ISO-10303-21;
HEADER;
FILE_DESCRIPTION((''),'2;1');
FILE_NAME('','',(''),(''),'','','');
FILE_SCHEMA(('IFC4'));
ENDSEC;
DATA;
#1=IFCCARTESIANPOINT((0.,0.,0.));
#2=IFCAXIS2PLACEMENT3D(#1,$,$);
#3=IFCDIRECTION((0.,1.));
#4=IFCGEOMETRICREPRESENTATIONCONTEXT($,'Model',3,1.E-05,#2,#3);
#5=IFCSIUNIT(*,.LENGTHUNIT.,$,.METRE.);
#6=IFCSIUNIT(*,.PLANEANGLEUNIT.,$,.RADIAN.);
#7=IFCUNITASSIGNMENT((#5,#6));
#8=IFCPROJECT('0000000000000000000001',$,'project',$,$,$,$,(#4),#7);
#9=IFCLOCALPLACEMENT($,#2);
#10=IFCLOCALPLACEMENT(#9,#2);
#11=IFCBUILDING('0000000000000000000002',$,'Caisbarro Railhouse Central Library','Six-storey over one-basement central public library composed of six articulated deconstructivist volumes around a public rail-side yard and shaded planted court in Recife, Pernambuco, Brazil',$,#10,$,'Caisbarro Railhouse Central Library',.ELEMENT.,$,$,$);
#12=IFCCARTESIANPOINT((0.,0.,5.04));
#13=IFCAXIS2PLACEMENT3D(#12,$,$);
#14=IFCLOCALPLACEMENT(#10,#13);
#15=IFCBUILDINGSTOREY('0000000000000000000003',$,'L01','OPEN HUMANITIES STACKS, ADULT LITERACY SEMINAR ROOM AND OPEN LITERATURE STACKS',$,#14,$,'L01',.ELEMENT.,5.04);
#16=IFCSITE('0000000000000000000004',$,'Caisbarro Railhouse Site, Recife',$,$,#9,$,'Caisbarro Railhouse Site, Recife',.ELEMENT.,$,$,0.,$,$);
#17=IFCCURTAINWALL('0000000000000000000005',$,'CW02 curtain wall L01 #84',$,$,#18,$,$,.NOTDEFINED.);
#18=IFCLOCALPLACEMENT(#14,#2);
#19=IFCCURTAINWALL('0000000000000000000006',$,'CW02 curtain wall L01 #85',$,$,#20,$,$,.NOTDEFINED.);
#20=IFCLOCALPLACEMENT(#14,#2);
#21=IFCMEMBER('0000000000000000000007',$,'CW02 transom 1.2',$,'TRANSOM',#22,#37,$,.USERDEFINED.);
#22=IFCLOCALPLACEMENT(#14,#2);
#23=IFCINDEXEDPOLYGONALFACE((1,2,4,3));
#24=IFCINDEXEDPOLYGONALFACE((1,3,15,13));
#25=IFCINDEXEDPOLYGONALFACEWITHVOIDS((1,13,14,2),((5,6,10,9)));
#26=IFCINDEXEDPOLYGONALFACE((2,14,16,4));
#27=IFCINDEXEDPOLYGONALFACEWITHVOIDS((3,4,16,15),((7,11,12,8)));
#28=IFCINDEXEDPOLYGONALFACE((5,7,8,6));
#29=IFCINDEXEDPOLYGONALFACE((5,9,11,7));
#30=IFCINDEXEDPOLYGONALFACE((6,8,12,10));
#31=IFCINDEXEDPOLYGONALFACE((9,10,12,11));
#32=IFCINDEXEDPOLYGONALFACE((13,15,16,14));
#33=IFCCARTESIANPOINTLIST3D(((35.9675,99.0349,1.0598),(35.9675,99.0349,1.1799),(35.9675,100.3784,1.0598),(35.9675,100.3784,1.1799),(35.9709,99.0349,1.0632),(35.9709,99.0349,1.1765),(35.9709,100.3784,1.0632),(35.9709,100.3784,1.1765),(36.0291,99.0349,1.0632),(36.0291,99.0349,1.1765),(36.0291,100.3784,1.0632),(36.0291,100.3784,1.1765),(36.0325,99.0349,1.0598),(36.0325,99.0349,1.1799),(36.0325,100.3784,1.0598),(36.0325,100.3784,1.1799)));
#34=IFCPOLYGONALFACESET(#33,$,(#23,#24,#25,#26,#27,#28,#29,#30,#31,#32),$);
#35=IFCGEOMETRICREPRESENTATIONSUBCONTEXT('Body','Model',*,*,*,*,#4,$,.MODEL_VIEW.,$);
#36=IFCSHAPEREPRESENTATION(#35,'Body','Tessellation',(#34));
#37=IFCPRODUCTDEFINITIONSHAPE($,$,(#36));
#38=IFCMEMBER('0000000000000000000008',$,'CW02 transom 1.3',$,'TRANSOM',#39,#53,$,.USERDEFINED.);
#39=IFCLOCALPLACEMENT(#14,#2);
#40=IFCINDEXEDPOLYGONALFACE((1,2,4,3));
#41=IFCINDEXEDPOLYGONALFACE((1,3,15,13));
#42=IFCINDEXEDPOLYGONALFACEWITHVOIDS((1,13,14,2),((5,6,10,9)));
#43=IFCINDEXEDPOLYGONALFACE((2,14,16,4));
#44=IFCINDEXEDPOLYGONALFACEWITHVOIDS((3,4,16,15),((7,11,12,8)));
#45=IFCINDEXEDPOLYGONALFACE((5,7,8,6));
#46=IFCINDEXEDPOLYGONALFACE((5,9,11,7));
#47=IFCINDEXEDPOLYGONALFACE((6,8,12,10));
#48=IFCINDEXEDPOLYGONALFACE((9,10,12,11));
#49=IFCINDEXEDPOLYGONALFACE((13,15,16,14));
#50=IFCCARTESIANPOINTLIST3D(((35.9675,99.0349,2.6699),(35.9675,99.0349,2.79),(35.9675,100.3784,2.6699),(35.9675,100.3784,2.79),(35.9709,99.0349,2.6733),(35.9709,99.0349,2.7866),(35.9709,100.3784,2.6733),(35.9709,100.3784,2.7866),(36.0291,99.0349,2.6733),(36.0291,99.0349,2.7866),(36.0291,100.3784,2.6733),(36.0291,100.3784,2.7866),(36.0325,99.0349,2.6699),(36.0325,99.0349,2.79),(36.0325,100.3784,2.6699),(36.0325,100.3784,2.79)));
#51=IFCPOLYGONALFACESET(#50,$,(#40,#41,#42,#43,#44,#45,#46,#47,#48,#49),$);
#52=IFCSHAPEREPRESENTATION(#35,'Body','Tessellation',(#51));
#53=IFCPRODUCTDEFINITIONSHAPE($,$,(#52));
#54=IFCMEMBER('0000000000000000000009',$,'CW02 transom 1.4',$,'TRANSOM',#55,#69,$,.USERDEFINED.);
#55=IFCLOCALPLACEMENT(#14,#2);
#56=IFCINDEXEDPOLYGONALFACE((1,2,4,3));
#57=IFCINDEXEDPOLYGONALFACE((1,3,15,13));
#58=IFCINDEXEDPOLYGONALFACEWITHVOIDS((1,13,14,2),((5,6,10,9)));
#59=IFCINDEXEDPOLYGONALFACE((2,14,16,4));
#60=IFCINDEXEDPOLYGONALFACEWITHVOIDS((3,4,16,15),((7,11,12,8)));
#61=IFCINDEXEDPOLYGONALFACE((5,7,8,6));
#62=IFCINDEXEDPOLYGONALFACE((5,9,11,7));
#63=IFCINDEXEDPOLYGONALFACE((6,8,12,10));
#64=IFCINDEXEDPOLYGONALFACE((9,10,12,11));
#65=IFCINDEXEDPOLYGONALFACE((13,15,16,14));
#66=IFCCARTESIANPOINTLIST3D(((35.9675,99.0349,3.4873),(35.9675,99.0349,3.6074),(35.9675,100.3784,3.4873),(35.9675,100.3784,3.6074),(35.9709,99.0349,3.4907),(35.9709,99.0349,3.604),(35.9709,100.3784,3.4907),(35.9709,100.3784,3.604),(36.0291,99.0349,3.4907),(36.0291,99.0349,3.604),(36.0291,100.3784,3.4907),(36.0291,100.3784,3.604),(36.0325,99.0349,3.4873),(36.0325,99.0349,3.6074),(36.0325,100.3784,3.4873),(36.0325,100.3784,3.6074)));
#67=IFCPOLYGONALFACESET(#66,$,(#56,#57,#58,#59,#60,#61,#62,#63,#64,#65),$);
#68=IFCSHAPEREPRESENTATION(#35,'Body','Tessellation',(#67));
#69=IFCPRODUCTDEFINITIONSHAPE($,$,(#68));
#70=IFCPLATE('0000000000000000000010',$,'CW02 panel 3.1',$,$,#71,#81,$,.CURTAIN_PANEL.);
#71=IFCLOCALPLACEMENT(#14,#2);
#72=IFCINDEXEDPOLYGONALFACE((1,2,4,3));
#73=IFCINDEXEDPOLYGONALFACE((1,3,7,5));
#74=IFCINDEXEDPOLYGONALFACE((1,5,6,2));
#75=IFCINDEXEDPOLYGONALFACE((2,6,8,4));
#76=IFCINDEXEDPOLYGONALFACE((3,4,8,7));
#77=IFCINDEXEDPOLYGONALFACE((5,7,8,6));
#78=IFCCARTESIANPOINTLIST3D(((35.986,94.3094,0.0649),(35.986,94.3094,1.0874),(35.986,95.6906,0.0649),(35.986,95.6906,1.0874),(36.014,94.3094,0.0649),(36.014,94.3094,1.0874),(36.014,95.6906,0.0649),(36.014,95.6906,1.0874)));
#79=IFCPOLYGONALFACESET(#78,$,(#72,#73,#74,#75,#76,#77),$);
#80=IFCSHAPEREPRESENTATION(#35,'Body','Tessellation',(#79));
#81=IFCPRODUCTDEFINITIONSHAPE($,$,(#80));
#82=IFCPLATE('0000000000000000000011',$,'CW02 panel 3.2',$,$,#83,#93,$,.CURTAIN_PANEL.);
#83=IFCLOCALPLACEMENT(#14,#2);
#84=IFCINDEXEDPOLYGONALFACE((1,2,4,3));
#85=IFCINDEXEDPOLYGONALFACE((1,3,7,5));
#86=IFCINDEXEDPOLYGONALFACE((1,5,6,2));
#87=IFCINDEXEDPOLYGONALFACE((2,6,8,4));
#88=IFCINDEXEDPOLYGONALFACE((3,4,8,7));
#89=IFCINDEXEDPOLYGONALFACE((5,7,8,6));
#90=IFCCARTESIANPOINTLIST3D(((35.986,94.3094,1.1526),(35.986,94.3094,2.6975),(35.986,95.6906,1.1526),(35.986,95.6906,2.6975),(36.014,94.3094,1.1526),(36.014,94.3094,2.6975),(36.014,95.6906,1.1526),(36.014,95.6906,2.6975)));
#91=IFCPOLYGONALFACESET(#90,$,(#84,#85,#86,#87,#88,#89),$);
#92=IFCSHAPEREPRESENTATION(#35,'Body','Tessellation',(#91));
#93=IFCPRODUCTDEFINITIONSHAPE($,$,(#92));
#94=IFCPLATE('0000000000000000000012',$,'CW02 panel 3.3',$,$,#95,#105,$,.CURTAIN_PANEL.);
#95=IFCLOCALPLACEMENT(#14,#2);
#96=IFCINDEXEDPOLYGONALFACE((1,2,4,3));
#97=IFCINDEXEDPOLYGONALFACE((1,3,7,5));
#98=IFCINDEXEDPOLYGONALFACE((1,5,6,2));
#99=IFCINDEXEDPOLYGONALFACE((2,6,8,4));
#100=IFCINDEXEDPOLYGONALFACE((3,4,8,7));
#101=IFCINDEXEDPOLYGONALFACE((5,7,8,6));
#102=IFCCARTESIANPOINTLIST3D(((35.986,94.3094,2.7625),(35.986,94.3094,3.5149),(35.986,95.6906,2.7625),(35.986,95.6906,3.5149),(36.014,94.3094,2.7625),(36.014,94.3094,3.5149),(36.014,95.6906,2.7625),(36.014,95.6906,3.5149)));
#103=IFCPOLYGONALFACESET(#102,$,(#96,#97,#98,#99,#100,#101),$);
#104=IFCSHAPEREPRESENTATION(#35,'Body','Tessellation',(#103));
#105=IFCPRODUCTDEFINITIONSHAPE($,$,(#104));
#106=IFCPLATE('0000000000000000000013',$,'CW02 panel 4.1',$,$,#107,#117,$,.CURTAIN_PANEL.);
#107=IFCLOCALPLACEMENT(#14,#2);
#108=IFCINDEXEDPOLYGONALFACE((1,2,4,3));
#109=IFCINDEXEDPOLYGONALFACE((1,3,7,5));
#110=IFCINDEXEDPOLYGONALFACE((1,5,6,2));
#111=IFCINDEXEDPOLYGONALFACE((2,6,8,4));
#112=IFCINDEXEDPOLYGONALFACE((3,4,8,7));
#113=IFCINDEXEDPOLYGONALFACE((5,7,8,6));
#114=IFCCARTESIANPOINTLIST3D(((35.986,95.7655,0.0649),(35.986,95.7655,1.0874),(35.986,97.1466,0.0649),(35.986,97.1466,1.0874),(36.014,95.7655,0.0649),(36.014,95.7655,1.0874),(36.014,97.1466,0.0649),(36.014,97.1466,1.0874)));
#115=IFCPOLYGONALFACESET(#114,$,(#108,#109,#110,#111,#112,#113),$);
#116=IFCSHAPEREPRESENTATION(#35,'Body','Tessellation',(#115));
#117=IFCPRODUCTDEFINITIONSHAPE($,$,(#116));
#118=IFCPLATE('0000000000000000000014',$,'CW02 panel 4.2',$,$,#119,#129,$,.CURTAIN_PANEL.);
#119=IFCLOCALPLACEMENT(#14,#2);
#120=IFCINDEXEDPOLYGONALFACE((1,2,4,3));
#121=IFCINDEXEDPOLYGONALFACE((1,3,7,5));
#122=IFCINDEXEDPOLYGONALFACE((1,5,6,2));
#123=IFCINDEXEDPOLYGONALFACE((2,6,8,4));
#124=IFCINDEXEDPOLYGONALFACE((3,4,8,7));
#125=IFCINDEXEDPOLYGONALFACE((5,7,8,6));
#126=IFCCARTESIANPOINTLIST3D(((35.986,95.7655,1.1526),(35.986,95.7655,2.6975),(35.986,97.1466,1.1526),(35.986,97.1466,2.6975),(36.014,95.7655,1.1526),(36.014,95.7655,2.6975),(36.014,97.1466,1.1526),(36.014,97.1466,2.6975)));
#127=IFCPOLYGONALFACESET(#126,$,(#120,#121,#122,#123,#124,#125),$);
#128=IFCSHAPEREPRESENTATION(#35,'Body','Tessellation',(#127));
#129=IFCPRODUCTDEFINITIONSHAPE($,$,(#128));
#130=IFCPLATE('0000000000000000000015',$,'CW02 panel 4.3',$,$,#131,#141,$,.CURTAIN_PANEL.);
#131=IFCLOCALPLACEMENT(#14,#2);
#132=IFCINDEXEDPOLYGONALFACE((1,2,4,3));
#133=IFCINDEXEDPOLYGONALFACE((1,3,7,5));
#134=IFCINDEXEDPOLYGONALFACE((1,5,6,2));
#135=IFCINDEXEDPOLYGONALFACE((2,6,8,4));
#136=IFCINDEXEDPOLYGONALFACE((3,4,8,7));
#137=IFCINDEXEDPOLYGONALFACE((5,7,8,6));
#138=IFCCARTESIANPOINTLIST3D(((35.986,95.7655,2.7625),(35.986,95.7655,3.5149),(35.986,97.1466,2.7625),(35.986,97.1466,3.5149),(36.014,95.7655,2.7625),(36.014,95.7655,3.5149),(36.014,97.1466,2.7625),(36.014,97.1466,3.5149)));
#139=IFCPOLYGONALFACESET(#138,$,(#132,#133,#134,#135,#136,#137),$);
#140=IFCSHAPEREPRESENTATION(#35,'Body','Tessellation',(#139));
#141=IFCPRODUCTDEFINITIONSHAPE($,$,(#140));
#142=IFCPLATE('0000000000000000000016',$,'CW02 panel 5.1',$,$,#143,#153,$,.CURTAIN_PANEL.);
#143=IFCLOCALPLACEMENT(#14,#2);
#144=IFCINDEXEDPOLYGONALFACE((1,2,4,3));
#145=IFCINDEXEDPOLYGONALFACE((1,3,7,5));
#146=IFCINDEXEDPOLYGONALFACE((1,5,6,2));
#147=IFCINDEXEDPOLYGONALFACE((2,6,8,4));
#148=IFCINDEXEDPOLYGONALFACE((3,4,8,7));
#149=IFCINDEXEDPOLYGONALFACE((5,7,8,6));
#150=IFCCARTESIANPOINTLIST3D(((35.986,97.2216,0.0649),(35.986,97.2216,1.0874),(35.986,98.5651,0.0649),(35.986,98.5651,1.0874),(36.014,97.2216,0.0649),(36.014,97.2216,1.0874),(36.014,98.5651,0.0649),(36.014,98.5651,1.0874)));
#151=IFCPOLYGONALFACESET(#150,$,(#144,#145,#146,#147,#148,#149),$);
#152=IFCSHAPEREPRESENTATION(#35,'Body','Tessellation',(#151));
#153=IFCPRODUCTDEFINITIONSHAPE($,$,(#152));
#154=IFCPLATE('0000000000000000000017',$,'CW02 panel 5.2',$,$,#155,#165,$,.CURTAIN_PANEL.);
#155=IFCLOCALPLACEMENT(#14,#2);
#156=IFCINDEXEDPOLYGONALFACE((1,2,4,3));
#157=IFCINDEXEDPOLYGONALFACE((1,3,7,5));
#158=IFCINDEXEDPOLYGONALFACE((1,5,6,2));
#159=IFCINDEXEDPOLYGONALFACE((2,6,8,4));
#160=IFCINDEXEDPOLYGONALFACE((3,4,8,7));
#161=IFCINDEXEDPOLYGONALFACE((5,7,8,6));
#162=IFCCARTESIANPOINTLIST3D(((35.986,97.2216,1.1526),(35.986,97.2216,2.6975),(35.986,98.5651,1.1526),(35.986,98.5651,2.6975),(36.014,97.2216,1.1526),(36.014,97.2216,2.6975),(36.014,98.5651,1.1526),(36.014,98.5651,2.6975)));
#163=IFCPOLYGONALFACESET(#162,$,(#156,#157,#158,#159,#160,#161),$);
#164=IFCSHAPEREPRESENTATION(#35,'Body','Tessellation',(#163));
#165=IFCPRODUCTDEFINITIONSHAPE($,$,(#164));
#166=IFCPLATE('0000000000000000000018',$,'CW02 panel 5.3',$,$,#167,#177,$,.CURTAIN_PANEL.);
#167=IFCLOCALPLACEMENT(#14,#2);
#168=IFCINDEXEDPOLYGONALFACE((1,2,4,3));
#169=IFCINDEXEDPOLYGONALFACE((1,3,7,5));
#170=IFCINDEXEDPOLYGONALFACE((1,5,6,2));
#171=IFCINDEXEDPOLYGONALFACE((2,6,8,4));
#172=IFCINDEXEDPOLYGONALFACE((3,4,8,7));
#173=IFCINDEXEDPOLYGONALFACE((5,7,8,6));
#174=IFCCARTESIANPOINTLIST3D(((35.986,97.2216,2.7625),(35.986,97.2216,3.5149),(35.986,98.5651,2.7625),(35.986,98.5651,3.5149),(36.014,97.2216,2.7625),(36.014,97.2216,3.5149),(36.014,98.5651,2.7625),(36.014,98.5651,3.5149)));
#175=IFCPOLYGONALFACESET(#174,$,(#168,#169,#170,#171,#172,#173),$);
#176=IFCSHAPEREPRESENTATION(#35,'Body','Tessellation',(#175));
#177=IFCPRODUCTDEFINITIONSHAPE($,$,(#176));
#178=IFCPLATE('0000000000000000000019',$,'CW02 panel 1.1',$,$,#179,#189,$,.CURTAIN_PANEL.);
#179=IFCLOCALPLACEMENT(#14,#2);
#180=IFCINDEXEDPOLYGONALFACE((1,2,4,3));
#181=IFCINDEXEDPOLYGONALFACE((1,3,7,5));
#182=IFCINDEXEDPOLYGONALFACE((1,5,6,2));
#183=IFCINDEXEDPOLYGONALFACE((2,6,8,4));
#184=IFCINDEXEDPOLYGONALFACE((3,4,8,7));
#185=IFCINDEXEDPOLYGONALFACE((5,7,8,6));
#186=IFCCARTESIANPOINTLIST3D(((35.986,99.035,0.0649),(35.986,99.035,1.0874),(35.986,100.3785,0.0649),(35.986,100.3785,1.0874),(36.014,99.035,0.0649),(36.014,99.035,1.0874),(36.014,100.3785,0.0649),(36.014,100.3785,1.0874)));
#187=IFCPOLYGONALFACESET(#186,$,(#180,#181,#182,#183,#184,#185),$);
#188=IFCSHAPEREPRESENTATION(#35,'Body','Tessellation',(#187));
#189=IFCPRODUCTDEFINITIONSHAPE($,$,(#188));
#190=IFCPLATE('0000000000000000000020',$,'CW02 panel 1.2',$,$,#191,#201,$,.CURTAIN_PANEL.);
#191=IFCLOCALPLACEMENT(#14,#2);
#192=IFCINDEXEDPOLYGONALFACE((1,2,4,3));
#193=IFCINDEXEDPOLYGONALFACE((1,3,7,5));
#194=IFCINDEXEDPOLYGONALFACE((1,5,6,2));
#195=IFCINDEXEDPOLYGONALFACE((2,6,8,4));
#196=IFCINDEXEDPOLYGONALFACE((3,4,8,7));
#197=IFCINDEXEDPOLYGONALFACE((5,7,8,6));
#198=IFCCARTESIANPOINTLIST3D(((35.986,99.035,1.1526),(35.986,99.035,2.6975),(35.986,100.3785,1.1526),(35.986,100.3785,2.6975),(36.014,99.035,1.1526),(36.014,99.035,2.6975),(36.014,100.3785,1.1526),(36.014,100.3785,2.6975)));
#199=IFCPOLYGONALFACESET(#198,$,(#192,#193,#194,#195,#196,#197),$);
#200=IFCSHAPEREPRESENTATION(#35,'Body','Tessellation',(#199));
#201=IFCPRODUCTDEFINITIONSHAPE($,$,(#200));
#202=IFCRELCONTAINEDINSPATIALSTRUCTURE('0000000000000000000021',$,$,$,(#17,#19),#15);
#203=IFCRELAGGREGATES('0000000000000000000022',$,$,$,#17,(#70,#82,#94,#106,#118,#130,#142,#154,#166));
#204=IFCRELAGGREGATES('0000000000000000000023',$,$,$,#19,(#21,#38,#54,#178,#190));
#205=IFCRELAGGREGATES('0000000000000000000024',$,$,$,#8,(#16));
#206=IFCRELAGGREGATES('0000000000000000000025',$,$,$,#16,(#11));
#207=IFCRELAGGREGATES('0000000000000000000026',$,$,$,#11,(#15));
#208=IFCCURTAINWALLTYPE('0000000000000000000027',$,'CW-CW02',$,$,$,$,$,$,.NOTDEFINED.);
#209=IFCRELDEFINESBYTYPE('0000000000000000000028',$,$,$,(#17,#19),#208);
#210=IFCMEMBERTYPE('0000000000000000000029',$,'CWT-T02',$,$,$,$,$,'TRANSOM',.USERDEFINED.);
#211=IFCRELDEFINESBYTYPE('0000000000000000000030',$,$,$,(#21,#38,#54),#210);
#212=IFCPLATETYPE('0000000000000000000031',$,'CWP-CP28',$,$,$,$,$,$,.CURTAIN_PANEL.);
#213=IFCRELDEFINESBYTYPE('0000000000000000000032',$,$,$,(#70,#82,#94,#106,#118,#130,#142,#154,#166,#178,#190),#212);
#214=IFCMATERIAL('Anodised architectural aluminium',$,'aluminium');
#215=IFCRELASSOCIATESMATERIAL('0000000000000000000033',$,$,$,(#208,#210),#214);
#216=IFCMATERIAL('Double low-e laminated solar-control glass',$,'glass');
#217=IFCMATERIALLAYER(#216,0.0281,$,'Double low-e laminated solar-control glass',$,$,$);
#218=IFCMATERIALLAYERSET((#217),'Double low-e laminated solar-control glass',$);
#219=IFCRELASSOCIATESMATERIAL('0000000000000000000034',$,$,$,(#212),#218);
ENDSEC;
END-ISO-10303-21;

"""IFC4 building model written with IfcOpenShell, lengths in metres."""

from ifc_helpers import new_model, si_unit, direction, frame, origin, origin_2d, place, context, subcontext, project, spatial, rectangle, hollow_rectangle, extrude, material, layer, layer_set, material_profile, profile_set, type_object, element, aggregate, save


model = new_model("IFC4")

# Units and contexts
model_context = context("Model", 3, precision=1e-05, world=origin(), true_north=direction((0.0, 1.0)))
body_context = subcontext(model_context, "Body", "Model", "MODEL_VIEW")
ifc_project = project(units=[si_unit("LENGTHUNIT", "METRE"), si_unit("PLANEANGLEUNIT", "RADIAN")], contexts=[model_context])

# Site, building, storey
site_placement = place(None, origin())
site = spatial("IfcSite", under=ifc_project, at=site_placement, Name="Caisbarro Railhouse Site, Recife", LongName="Caisbarro Railhouse Site, Recife", CompositionType="ELEMENT", RefElevation=0.0)
building_placement = place(site_placement, origin())
building = spatial("IfcBuilding", under=site, at=building_placement, Name="Caisbarro Railhouse Central Library", Description="Six-storey over one-basement central public library composed of six articulated deconstructivist volumes around a public rail-side yard and shaded planted court in Recife, Pernambuco, Brazil", LongName="Caisbarro Railhouse Central Library", CompositionType="ELEMENT")
storey_placement = place(building_placement, frame((0.0, 0.0, 5.04)))
storey = spatial("IfcBuildingStorey", under=building, at=storey_placement, Name="L01", Description="OPEN HUMANITIES STACKS, ADULT LITERACY SEMINAR ROOM AND OPEN LITERATURE STACKS", LongName="L01", CompositionType="ELEMENT", Elevation=5.04)

# Curtain wall
ifc_material_1 = material(Name="Anodised architectural aluminium", Category="aluminium")
curtain_wall_type = type_object("IfcCurtainWallType", Name="CW-CW02", PredefinedType="NOTDEFINED", material=ifc_material_1)
curtain_wall_1_placement = place(storey_placement, origin())
curtain_wall_1 = element("IfcCurtainWall", 1, at=curtain_wall_1_placement, inside=storey, type_object=curtain_wall_type, Name="CW02 curtain wall L01 #84", PredefinedType="NOTDEFINED")

# Curtain wall
curtain_wall_2_placement = place(storey_placement, origin())
curtain_wall_2 = element("IfcCurtainWall", 2, at=curtain_wall_2_placement, inside=storey, type_object=curtain_wall_type, Name="CW02 curtain wall L01 #85", PredefinedType="NOTDEFINED")

# Members
ifc_material_profile_1 = material_profile(ifc_material_1, hollow_rectangle(XDim=0.0649, YDim=0.1201, WallThickness=0.0034, at=origin_2d()), Name="ALU-TRN-65X120")
ifc_profile_set_1 = profile_set([ifc_material_profile_1], Name="Anodised architectural aluminium")
member_type_1 = type_object("IfcMemberType", Name="CWT-T02", ElementType="TRANSOM", PredefinedType="USERDEFINED", material=ifc_profile_set_1)
member_1_placement = place(storey_placement, frame((36.0, 99.0349, 1.1199), z_axis=(0.0, 1.0, 0.0), x_axis=(-1.0, 0.0, 0.0)))
member_1 = element("IfcMember", 3, at=member_1_placement, type_object=member_type_1, Name="CW02 transom 1.2", ObjectType="TRANSOM", PredefinedType="USERDEFINED", context=body_context, shape_type="SweptSolid", body=[
    extrude(hollow_rectangle(XDim=0.0649, YDim=0.1201, WallThickness=0.0034, at=origin_2d()), origin(), (0.0, 0.0, 1.0), 1.3435),
])
member_2_placement = place(storey_placement, frame((36.0, 99.0349, 2.73), z_axis=(0.0, 1.0, 0.0), x_axis=(-1.0, 0.0, 0.0)))
member_2 = element("IfcMember", 4, at=member_2_placement, type_object=member_type_1, Name="CW02 transom 1.3", ObjectType="TRANSOM", PredefinedType="USERDEFINED", context=body_context, shape_type="SweptSolid", body=[
    extrude(hollow_rectangle(XDim=0.0649, YDim=0.1201, WallThickness=0.0034, at=origin_2d()), origin(), (0.0, 0.0, 1.0), 1.3435),
])
member_3_placement = place(storey_placement, frame((36.0, 99.0349, 3.5474), z_axis=(0.0, 1.0, 0.0), x_axis=(-1.0, 0.0, 0.0)))
member_3 = element("IfcMember", 5, at=member_3_placement, type_object=member_type_1, Name="CW02 transom 1.4", ObjectType="TRANSOM", PredefinedType="USERDEFINED", context=body_context, shape_type="SweptSolid", body=[
    extrude(hollow_rectangle(XDim=0.0649, YDim=0.1201, WallThickness=0.0034, at=origin_2d()), origin(), (0.0, 0.0, 1.0), 1.3435),
])

# Plates
ifc_material_2 = material(Name="Double low-e laminated solar-control glass", Category="glass")
ifc_layer_1 = layer(ifc_material_2, 0.0281, Name="Double low-e laminated solar-control glass")
ifc_layer_set_1 = layer_set([ifc_layer_1], Name="Double low-e laminated solar-control glass")
plate_type = type_object("IfcPlateType", Name="CWP-CP28", PredefinedType="CURTAIN_PANEL", material=ifc_layer_set_1)
plate_1_placement = place(storey_placement, frame((36.0, 95.0, 0.0649), z_axis=(0.0, 0.0, 1.0), x_axis=(0.0, 1.0, 0.0)))
plate_1 = element("IfcPlate", 6, at=plate_1_placement, type_object=plate_type, Name="CW02 panel 3.1", PredefinedType="CURTAIN_PANEL", context=body_context, shape_type="SweptSolid", body=[
    extrude(rectangle(XDim=1.3811, YDim=0.0281, at=origin_2d()), origin(), (0.0, 0.0, 1.0), 1.0225),
])
plate_2_placement = place(storey_placement, frame((36.0, 95.0, 1.1526), z_axis=(0.0, 0.0, 1.0), x_axis=(0.0, 1.0, 0.0)))
plate_2 = element("IfcPlate", 7, at=plate_2_placement, type_object=plate_type, Name="CW02 panel 3.2", PredefinedType="CURTAIN_PANEL", context=body_context, shape_type="SweptSolid", body=[
    extrude(rectangle(XDim=1.3811, YDim=0.0281, at=origin_2d()), origin(), (0.0, 0.0, 1.0), 1.5449),
])
plate_3_placement = place(storey_placement, frame((36.0, 95.0, 2.7625), z_axis=(0.0, 0.0, 1.0), x_axis=(0.0, 1.0, 0.0)))
plate_3 = element("IfcPlate", 8, at=plate_3_placement, type_object=plate_type, Name="CW02 panel 3.3", PredefinedType="CURTAIN_PANEL", context=body_context, shape_type="SweptSolid", body=[
    extrude(rectangle(XDim=1.3811, YDim=0.0281, at=origin_2d()), origin(), (0.0, 0.0, 1.0), 0.7524),
])
plate_4_placement = place(storey_placement, frame((36.0, 96.4561, 0.0649), z_axis=(0.0, 0.0, 1.0), x_axis=(0.0, 1.0, 0.0)))
plate_4 = element("IfcPlate", 9, at=plate_4_placement, type_object=plate_type, Name="CW02 panel 4.1", PredefinedType="CURTAIN_PANEL", context=body_context, shape_type="SweptSolid", body=[
    extrude(rectangle(XDim=1.3811, YDim=0.0281, at=origin_2d()), origin(), (0.0, 0.0, 1.0), 1.0225),
])
plate_5_placement = place(storey_placement, frame((36.0, 96.4561, 1.1526), z_axis=(0.0, 0.0, 1.0), x_axis=(0.0, 1.0, 0.0)))
plate_5 = element("IfcPlate", 10, at=plate_5_placement, type_object=plate_type, Name="CW02 panel 4.2", PredefinedType="CURTAIN_PANEL", context=body_context, shape_type="SweptSolid", body=[
    extrude(rectangle(XDim=1.3811, YDim=0.0281, at=origin_2d()), origin(), (0.0, 0.0, 1.0), 1.5449),
])
plate_6_placement = place(storey_placement, frame((36.0, 96.4561, 2.7625), z_axis=(0.0, 0.0, 1.0), x_axis=(0.0, 1.0, 0.0)))
plate_6 = element("IfcPlate", 11, at=plate_6_placement, type_object=plate_type, Name="CW02 panel 4.3", PredefinedType="CURTAIN_PANEL", context=body_context, shape_type="SweptSolid", body=[
    extrude(rectangle(XDim=1.3811, YDim=0.0281, at=origin_2d()), origin(), (0.0, 0.0, 1.0), 0.7524),
])
plate_7_placement = place(storey_placement, frame((36.0, 97.8933, 0.0649), z_axis=(0.0, 0.0, 1.0), x_axis=(0.0, 1.0, 0.0)))
plate_7 = element("IfcPlate", 12, at=plate_7_placement, type_object=plate_type, Name="CW02 panel 5.1", PredefinedType="CURTAIN_PANEL", context=body_context, shape_type="SweptSolid", body=[
    extrude(rectangle(XDim=1.3435, YDim=0.0281, at=origin_2d()), origin(), (0.0, 0.0, 1.0), 1.0225),
])
plate_8_placement = place(storey_placement, frame((36.0, 97.8933, 1.1526), z_axis=(0.0, 0.0, 1.0), x_axis=(0.0, 1.0, 0.0)))
plate_8 = element("IfcPlate", 13, at=plate_8_placement, type_object=plate_type, Name="CW02 panel 5.2", PredefinedType="CURTAIN_PANEL", context=body_context, shape_type="SweptSolid", body=[
    extrude(rectangle(XDim=1.3435, YDim=0.0281, at=origin_2d()), origin(), (0.0, 0.0, 1.0), 1.5449),
])
plate_9_placement = place(storey_placement, frame((36.0, 97.8933, 2.7625), z_axis=(0.0, 0.0, 1.0), x_axis=(0.0, 1.0, 0.0)))
plate_9 = element("IfcPlate", 14, at=plate_9_placement, type_object=plate_type, Name="CW02 panel 5.3", PredefinedType="CURTAIN_PANEL", context=body_context, shape_type="SweptSolid", body=[
    extrude(rectangle(XDim=1.3435, YDim=0.0281, at=origin_2d()), origin(), (0.0, 0.0, 1.0), 0.7524),
])
aggregate(curtain_wall_1, [plate_1, plate_2, plate_3, plate_4, plate_5, plate_6, plate_7, plate_8, plate_9])
plate_10_placement = place(storey_placement, frame((36.0, 99.7068, 0.0649), z_axis=(0.0, 0.0, 1.0), x_axis=(0.0, 1.0, 0.0)))
plate_10 = element("IfcPlate", 15, at=plate_10_placement, type_object=plate_type, Name="CW02 panel 1.1", PredefinedType="CURTAIN_PANEL", context=body_context, shape_type="SweptSolid", body=[
    extrude(rectangle(XDim=1.3435, YDim=0.0281, at=origin_2d()), origin(), (0.0, 0.0, 1.0), 1.0225),
])
plate_11_placement = place(storey_placement, frame((36.0, 99.7068, 1.1526), z_axis=(0.0, 0.0, 1.0), x_axis=(0.0, 1.0, 0.0)))
plate_11 = element("IfcPlate", 16, at=plate_11_placement, type_object=plate_type, Name="CW02 panel 1.2", PredefinedType="CURTAIN_PANEL", context=body_context, shape_type="SweptSolid", body=[
    extrude(rectangle(XDim=1.3435, YDim=0.0281, at=origin_2d()), origin(), (0.0, 0.0, 1.0), 1.5449),
])
aggregate(curtain_wall_2, [member_1, member_2, member_3, plate_10, plate_11])

save(model, "model.ifc")
